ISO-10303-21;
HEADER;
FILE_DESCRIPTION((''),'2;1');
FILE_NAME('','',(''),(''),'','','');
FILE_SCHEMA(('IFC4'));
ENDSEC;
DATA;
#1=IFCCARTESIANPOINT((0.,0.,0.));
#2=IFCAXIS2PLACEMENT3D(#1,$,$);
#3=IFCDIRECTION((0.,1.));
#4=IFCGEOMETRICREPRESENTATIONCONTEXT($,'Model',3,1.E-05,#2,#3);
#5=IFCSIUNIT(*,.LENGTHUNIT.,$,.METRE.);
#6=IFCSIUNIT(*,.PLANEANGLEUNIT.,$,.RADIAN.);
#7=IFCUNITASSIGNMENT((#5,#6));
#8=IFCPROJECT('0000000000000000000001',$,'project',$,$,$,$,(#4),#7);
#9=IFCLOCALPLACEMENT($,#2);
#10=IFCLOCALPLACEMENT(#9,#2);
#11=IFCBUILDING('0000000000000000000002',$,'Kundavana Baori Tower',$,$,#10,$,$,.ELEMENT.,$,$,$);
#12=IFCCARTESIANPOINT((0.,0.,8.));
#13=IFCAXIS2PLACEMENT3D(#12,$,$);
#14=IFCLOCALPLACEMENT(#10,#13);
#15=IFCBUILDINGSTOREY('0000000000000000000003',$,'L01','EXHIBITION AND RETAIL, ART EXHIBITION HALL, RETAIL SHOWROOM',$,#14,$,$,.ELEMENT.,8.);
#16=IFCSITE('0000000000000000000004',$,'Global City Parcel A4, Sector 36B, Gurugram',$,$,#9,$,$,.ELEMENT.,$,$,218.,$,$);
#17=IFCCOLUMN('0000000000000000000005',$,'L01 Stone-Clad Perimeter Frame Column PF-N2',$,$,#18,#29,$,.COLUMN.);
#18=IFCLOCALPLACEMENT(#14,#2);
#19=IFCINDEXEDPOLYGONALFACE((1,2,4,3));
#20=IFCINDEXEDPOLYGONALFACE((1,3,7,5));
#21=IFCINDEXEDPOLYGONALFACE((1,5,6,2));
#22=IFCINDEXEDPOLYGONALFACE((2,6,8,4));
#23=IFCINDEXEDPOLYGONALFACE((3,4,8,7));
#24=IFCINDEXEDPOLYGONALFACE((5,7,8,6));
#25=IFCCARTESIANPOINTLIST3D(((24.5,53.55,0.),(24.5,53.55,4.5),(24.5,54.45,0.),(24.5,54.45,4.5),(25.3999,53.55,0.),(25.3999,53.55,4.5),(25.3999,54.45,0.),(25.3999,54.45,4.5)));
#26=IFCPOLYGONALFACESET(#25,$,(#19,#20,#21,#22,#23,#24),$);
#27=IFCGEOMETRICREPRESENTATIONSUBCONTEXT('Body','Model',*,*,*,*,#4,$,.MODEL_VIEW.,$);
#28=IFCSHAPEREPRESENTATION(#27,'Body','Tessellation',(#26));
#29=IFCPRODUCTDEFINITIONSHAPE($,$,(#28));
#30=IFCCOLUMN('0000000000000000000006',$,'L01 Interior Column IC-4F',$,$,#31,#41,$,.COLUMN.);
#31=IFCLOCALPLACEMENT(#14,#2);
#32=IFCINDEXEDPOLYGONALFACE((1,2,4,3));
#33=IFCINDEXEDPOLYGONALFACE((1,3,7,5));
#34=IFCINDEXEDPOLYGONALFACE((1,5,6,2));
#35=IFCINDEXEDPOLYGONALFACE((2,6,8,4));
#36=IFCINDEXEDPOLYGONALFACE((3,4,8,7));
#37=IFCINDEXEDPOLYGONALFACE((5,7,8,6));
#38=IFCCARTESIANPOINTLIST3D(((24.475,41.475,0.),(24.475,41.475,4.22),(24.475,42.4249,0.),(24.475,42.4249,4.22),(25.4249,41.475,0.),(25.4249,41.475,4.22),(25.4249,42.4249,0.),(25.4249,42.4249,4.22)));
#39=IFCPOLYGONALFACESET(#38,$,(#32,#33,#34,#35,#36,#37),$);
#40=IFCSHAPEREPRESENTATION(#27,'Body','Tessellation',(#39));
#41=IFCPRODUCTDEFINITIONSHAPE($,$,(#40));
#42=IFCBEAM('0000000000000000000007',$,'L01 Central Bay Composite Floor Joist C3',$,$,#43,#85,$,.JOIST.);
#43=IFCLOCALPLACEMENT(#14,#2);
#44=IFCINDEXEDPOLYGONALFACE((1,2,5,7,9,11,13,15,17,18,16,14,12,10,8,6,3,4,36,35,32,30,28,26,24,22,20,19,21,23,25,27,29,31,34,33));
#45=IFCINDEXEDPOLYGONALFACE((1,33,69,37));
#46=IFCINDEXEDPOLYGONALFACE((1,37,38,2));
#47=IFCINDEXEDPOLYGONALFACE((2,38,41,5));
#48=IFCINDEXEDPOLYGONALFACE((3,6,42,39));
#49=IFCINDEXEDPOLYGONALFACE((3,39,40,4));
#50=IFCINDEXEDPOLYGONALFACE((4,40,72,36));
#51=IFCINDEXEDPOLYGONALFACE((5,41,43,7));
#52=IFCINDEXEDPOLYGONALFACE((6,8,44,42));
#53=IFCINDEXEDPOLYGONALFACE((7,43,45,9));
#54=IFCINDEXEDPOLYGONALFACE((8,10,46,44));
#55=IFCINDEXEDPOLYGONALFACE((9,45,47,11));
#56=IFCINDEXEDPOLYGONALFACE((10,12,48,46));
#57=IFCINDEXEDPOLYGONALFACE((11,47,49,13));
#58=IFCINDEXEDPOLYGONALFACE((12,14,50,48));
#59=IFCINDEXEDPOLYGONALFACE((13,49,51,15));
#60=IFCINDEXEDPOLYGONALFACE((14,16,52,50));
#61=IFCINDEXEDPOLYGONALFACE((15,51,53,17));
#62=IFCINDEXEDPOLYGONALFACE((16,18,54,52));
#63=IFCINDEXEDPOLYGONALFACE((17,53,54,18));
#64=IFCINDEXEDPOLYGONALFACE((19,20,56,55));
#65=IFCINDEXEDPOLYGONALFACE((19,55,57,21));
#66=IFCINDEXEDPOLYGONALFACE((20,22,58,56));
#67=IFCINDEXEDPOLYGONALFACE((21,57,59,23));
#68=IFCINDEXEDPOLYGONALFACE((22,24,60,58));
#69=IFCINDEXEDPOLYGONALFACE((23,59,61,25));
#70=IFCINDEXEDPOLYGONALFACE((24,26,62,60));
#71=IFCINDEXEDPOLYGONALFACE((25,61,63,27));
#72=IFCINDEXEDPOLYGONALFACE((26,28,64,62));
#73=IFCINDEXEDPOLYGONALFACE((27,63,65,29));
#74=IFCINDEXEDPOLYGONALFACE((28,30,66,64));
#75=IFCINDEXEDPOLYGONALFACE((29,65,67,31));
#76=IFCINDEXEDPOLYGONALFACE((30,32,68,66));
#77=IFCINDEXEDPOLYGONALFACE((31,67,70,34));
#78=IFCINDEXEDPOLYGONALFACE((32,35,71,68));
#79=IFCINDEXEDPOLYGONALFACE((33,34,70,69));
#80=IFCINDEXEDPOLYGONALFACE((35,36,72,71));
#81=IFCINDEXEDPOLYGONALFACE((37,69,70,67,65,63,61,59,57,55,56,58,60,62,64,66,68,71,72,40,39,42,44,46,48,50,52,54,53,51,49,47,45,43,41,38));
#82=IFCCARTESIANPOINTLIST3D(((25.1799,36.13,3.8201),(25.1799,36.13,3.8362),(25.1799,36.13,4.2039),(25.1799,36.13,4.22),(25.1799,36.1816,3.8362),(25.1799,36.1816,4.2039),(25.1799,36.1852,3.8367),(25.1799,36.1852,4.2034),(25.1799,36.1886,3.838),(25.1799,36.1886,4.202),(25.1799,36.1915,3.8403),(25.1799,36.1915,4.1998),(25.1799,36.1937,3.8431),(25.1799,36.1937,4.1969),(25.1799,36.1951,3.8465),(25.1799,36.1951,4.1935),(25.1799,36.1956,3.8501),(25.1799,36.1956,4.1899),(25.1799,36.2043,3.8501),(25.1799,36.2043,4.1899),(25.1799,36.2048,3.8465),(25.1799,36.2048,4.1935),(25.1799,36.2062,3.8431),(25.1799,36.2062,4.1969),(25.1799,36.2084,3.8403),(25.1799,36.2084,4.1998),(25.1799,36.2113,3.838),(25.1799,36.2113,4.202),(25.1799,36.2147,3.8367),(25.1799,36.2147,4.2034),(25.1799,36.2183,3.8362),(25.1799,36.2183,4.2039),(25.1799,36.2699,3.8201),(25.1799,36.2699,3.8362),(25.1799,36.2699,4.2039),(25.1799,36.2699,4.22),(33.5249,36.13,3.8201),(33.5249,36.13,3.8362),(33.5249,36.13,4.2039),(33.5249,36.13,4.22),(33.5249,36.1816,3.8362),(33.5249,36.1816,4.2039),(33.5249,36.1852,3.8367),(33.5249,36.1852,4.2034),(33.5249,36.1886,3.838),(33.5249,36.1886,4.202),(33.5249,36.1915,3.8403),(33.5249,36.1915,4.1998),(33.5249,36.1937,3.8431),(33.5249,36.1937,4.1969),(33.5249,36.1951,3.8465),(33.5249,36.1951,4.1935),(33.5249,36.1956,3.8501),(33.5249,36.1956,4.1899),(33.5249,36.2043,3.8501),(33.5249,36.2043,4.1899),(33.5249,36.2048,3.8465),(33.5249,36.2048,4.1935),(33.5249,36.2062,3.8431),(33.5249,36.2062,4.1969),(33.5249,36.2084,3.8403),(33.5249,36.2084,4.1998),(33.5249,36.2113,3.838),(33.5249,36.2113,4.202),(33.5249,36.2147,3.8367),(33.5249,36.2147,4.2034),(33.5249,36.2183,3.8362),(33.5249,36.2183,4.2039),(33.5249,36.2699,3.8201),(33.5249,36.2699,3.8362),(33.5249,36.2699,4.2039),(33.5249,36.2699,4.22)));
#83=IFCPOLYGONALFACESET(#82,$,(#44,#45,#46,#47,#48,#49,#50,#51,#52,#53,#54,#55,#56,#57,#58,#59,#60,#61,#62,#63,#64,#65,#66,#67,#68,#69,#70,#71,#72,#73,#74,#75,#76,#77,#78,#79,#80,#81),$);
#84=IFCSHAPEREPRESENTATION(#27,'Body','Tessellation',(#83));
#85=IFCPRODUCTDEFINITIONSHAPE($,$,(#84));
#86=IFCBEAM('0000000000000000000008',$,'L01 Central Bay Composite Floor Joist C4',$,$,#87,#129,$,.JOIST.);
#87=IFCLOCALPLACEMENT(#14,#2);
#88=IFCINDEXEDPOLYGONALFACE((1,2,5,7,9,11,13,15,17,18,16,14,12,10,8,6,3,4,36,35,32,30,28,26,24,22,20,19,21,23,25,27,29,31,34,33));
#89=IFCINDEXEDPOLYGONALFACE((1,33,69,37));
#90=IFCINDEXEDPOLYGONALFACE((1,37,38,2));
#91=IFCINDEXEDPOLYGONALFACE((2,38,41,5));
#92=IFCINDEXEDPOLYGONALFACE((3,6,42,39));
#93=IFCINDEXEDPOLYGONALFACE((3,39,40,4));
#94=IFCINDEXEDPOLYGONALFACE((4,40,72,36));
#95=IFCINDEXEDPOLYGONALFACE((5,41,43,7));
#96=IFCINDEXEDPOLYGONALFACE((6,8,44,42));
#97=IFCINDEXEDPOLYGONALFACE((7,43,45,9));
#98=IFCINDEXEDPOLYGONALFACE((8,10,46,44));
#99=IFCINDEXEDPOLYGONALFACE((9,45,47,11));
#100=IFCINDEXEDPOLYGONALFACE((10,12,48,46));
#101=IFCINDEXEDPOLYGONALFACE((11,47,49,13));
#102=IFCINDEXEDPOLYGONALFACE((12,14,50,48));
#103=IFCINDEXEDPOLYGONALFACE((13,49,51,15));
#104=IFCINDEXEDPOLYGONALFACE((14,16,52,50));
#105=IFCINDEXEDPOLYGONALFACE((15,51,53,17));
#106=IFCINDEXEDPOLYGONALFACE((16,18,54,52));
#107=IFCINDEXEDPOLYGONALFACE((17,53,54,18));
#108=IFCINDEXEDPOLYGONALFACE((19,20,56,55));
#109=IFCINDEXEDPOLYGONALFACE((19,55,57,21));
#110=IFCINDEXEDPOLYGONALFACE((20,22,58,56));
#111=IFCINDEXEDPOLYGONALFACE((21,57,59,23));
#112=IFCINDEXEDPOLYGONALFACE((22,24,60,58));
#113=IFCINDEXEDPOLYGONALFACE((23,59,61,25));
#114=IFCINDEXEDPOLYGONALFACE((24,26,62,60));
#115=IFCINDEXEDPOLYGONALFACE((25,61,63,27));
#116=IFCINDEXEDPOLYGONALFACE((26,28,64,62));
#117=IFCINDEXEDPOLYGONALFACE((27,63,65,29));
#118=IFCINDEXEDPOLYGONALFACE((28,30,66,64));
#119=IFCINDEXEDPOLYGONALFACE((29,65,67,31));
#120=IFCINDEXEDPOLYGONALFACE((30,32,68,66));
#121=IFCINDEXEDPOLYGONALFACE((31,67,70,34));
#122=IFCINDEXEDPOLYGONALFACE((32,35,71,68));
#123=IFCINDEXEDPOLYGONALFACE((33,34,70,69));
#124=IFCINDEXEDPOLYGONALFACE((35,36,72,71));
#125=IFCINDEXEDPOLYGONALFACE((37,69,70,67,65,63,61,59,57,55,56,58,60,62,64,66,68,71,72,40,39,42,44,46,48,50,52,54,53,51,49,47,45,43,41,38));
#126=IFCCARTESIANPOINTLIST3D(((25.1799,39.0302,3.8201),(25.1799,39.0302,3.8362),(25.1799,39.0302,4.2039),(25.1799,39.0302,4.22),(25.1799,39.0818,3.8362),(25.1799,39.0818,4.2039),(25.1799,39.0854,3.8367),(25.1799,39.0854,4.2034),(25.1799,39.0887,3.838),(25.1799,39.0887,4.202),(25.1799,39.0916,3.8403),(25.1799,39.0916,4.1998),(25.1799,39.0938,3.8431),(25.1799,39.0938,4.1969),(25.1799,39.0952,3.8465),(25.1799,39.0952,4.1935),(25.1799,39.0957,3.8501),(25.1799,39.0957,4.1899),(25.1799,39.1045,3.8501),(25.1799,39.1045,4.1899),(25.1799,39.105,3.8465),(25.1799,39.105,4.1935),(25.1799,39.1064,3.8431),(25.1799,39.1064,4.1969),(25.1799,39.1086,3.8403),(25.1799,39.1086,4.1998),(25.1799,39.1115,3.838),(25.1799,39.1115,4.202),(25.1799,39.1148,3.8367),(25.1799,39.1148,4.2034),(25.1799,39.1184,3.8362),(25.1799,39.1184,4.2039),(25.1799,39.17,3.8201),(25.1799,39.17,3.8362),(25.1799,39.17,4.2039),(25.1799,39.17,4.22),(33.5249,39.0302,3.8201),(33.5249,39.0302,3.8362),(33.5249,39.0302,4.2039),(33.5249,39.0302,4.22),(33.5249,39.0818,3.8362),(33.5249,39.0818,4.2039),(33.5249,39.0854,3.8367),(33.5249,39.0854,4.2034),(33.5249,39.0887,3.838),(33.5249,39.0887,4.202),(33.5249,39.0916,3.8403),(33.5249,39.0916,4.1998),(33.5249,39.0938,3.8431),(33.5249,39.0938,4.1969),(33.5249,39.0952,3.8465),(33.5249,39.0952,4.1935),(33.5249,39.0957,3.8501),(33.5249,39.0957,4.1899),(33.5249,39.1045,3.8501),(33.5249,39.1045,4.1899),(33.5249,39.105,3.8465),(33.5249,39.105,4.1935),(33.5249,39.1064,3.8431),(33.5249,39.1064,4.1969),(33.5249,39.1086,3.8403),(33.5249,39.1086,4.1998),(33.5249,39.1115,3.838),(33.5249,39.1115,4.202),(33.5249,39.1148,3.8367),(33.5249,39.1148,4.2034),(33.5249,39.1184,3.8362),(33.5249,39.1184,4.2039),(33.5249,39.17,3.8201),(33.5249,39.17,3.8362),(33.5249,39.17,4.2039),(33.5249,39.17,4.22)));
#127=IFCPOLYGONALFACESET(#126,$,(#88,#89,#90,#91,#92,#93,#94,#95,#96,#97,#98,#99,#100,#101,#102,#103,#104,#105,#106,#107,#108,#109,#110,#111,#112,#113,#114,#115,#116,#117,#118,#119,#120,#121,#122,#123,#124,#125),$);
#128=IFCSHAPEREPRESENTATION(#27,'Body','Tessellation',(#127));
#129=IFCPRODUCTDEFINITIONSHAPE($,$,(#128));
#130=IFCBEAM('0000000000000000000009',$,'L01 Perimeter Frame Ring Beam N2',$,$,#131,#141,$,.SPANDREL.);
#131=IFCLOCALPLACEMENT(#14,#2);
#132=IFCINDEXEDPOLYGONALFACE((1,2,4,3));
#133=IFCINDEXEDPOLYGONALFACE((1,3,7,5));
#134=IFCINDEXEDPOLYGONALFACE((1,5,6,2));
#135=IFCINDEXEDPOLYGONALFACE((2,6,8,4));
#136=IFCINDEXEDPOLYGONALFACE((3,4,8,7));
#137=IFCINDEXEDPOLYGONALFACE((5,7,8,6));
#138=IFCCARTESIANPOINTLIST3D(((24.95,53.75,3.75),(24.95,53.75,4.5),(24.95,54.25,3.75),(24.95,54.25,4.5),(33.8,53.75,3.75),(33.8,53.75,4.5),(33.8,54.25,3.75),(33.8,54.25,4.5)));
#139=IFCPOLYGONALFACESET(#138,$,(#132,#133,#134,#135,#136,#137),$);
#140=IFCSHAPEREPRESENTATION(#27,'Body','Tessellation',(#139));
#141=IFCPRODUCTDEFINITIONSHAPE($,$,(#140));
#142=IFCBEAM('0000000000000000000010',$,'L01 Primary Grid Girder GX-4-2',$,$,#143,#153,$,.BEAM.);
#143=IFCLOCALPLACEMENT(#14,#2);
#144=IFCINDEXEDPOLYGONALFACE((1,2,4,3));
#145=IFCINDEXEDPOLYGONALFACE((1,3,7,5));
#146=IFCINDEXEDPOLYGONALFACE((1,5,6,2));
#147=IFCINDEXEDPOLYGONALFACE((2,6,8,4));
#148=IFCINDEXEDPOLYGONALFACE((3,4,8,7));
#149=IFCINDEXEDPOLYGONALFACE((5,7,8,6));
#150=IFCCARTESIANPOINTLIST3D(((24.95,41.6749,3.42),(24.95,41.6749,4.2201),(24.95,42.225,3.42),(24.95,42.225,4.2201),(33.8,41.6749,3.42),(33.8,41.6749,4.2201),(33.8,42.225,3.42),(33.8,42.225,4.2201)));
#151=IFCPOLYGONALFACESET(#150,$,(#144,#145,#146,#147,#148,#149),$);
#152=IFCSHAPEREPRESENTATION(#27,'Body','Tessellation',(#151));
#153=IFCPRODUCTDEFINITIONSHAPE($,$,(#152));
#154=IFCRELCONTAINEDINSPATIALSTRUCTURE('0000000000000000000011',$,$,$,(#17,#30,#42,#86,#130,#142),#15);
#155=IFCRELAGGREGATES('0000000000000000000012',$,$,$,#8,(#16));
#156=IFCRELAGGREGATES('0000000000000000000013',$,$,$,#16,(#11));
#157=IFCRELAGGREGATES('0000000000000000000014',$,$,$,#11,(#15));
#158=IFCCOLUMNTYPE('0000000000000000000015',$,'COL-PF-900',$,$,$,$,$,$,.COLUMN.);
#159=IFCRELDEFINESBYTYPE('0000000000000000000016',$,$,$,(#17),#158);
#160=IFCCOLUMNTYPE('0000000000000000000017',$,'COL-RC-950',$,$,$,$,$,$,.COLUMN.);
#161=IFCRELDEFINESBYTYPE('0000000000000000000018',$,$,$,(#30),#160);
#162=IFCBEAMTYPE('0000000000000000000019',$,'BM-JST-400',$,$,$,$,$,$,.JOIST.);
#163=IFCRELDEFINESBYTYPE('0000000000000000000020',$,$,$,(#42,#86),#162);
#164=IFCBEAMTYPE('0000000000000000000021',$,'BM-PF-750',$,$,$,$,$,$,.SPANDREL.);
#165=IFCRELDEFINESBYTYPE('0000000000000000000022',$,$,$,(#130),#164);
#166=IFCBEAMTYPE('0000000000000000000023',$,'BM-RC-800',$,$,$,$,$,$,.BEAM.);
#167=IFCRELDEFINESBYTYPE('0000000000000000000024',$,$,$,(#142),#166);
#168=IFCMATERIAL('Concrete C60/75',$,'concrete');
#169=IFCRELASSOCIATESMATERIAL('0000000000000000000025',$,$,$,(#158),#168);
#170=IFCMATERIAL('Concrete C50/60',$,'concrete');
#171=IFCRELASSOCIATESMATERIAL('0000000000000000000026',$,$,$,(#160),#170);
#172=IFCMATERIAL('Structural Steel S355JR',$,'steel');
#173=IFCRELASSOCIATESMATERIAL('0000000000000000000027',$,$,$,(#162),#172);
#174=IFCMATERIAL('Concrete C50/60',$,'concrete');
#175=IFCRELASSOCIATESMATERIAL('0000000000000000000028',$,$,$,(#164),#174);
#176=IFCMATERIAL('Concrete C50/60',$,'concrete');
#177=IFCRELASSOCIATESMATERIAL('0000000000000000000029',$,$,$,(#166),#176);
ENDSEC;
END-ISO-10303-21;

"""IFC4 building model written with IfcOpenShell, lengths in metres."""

from ifc_helpers import new_model, si_unit, direction, frame, origin, origin_2d, place, context, subcontext, project, spatial, rectangle, i_section, extrude, material, material_profile, profile_set, type_object, element, save


model = new_model("IFC4")

# Units and contexts
model_context = context("Model", 3, precision=1e-05, world=origin(), true_north=direction((0.0, 1.0)))
body_context = subcontext(model_context, "Body", "Model", "MODEL_VIEW")
ifc_project = project(units=[si_unit("LENGTHUNIT", "METRE"), si_unit("PLANEANGLEUNIT", "RADIAN")], contexts=[model_context])

# Site, building, storey
site_placement = place(None, origin())
site = spatial("IfcSite", under=ifc_project, at=site_placement, Name="Global City Parcel A4, Sector 36B, Gurugram", CompositionType="ELEMENT", RefElevation=218.0)
building_placement = place(site_placement, origin())
building = spatial("IfcBuilding", under=site, at=building_placement, Name="Kundavana Baori Tower", CompositionType="ELEMENT")
storey_placement = place(building_placement, frame((0.0, 0.0, 8.0)))
storey = spatial("IfcBuildingStorey", under=building, at=storey_placement, Name="L01", Description="EXHIBITION AND RETAIL, ART EXHIBITION HALL, RETAIL SHOWROOM", CompositionType="ELEMENT", Elevation=8.0)

# Columns
ifc_material_1 = material(Name="Concrete C60/75", Category="concrete")
ifc_material_profile_1 = material_profile(ifc_material_1, rectangle(XDim=0.8999, YDim=0.8999, at=origin_2d()), Name="RC PF 900x900")
ifc_profile_set_1 = profile_set([ifc_material_profile_1], Name="Concrete C60/75")
column_type_1 = type_object("IfcColumnType", Name="COL-PF-900", PredefinedType="COLUMN", material=ifc_profile_set_1)
column_1_placement = place(storey_placement, frame((24.95, 54.0, 0.0), z_axis=(0.0, 0.0, 1.0), x_axis=(1.0, 0.0, 0.0)))
element("IfcColumn", 1, at=column_1_placement, inside=storey, type_object=column_type_1, Name="L01 Stone-Clad Perimeter Frame Column PF-N2", PredefinedType="COLUMN", context=body_context, shape_type="SweptSolid", body=[
    extrude(rectangle(XDim=0.8999, YDim=0.8999, at=origin_2d()), origin(), (0.0, 0.0, 1.0), 4.5),
])
ifc_material_2 = material(Name="Concrete C50/60", Category="concrete")
ifc_material_profile_2 = material_profile(ifc_material_2, rectangle(XDim=0.95, YDim=0.95, at=origin_2d()), Name="RC 950x950")
ifc_profile_set_2 = profile_set([ifc_material_profile_2], Name="Concrete C50/60")
column_type_2 = type_object("IfcColumnType", Name="COL-RC-950", PredefinedType="COLUMN", material=ifc_profile_set_2)
column_2_placement = place(storey_placement, frame((24.95, 41.95, 0.0), z_axis=(0.0, 0.0, 1.0), x_axis=(1.0, 0.0, 0.0)))
element("IfcColumn", 2, at=column_2_placement, inside=storey, type_object=column_type_2, Name="L01 Interior Column IC-4F", PredefinedType="COLUMN", context=body_context, shape_type="SweptSolid", body=[
    extrude(rectangle(XDim=0.95, YDim=0.95, at=origin_2d()), origin(), (0.0, 0.0, 1.0), 4.22),
])

# Beams
ifc_material_3 = material(Name="Structural Steel S355JR", Category="steel")
ifc_material_profile_3 = material_profile(ifc_material_3, i_section(OverallWidth=0.1399, OverallDepth=0.3999, WebThickness=0.0088, FlangeThickness=0.0161, FilletRadius=0.0139, at=origin_2d()), Name="ISMB 400")
ifc_profile_set_3 = profile_set([ifc_material_profile_3], Name="Structural Steel S355JR")
beam_type_1 = type_object("IfcBeamType", Name="BM-JST-400", PredefinedType="JOIST", material=ifc_profile_set_3)
for number, where, z_axis, x_axis, name in (
    (3, (25.1799, 36.2, 4.02), (1.0, 0.0, 0.0), (0.0, 1.0, 0.0), "L01 Central Bay Composite Floor Joist C3"),
    (4, (25.1799, 39.1001, 4.02), (1.0, 0.0, 0.0), (0.0, 1.0, 0.0), "L01 Central Bay Composite Floor Joist C4"),
):
    element("IfcBeam", number, at=place(storey_placement, frame(where, z_axis=z_axis, x_axis=x_axis)), inside=storey, type_object=beam_type_1, Name=name, PredefinedType="JOIST", context=body_context, shape_type="SweptSolid", body=[
        extrude(i_section(OverallWidth=0.1399, OverallDepth=0.3999, WebThickness=0.0088, FlangeThickness=0.0161, FilletRadius=0.0139, at=origin_2d()), origin(), (0.0, 0.0, 1.0), 8.345),
    ])
ifc_material_4 = material(Name="Concrete C50/60", Category="concrete")
ifc_material_profile_4 = material_profile(ifc_material_4, rectangle(XDim=0.5, YDim=0.75, at=origin_2d()), Name="RC BM 500x750")
ifc_profile_set_4 = profile_set([ifc_material_profile_4], Name="Concrete C50/60")
beam_type_2 = type_object("IfcBeamType", Name="BM-PF-750", PredefinedType="SPANDREL", material=ifc_profile_set_4)
beam_1_placement = place(storey_placement, frame((24.95, 54.0, 4.125), z_axis=(1.0, 0.0, 0.0), x_axis=(0.0, 1.0, 0.0)))
element("IfcBeam", 5, at=beam_1_placement, inside=storey, type_object=beam_type_2, Name="L01 Perimeter Frame Ring Beam N2", PredefinedType="SPANDREL", context=body_context, shape_type="SweptSolid", body=[
    extrude(rectangle(XDim=0.5, YDim=0.75, at=origin_2d()), origin(), (0.0, 0.0, 1.0), 8.8501),
])
ifc_material_5 = material(Name="Concrete C50/60", Category="concrete")
ifc_material_profile_5 = material_profile(ifc_material_5, rectangle(XDim=0.55, YDim=0.8, at=origin_2d()), Name="RC BM 550x800")
ifc_profile_set_5 = profile_set([ifc_material_profile_5], Name="Concrete C50/60")
beam_type_3 = type_object("IfcBeamType", Name="BM-RC-800", PredefinedType="BEAM", material=ifc_profile_set_5)
beam_2_placement = place(storey_placement, frame((24.95, 41.95, 3.8201), z_axis=(1.0, 0.0, 0.0), x_axis=(0.0, 1.0, 0.0)))
element("IfcBeam", 6, at=beam_2_placement, inside=storey, type_object=beam_type_3, Name="L01 Primary Grid Girder GX-4-2", PredefinedType="BEAM", context=body_context, shape_type="SweptSolid", body=[
    extrude(rectangle(XDim=0.55, YDim=0.8, at=origin_2d()), origin(), (0.0, 0.0, 1.0), 8.8501),
])

save(model, "model.ifc")
